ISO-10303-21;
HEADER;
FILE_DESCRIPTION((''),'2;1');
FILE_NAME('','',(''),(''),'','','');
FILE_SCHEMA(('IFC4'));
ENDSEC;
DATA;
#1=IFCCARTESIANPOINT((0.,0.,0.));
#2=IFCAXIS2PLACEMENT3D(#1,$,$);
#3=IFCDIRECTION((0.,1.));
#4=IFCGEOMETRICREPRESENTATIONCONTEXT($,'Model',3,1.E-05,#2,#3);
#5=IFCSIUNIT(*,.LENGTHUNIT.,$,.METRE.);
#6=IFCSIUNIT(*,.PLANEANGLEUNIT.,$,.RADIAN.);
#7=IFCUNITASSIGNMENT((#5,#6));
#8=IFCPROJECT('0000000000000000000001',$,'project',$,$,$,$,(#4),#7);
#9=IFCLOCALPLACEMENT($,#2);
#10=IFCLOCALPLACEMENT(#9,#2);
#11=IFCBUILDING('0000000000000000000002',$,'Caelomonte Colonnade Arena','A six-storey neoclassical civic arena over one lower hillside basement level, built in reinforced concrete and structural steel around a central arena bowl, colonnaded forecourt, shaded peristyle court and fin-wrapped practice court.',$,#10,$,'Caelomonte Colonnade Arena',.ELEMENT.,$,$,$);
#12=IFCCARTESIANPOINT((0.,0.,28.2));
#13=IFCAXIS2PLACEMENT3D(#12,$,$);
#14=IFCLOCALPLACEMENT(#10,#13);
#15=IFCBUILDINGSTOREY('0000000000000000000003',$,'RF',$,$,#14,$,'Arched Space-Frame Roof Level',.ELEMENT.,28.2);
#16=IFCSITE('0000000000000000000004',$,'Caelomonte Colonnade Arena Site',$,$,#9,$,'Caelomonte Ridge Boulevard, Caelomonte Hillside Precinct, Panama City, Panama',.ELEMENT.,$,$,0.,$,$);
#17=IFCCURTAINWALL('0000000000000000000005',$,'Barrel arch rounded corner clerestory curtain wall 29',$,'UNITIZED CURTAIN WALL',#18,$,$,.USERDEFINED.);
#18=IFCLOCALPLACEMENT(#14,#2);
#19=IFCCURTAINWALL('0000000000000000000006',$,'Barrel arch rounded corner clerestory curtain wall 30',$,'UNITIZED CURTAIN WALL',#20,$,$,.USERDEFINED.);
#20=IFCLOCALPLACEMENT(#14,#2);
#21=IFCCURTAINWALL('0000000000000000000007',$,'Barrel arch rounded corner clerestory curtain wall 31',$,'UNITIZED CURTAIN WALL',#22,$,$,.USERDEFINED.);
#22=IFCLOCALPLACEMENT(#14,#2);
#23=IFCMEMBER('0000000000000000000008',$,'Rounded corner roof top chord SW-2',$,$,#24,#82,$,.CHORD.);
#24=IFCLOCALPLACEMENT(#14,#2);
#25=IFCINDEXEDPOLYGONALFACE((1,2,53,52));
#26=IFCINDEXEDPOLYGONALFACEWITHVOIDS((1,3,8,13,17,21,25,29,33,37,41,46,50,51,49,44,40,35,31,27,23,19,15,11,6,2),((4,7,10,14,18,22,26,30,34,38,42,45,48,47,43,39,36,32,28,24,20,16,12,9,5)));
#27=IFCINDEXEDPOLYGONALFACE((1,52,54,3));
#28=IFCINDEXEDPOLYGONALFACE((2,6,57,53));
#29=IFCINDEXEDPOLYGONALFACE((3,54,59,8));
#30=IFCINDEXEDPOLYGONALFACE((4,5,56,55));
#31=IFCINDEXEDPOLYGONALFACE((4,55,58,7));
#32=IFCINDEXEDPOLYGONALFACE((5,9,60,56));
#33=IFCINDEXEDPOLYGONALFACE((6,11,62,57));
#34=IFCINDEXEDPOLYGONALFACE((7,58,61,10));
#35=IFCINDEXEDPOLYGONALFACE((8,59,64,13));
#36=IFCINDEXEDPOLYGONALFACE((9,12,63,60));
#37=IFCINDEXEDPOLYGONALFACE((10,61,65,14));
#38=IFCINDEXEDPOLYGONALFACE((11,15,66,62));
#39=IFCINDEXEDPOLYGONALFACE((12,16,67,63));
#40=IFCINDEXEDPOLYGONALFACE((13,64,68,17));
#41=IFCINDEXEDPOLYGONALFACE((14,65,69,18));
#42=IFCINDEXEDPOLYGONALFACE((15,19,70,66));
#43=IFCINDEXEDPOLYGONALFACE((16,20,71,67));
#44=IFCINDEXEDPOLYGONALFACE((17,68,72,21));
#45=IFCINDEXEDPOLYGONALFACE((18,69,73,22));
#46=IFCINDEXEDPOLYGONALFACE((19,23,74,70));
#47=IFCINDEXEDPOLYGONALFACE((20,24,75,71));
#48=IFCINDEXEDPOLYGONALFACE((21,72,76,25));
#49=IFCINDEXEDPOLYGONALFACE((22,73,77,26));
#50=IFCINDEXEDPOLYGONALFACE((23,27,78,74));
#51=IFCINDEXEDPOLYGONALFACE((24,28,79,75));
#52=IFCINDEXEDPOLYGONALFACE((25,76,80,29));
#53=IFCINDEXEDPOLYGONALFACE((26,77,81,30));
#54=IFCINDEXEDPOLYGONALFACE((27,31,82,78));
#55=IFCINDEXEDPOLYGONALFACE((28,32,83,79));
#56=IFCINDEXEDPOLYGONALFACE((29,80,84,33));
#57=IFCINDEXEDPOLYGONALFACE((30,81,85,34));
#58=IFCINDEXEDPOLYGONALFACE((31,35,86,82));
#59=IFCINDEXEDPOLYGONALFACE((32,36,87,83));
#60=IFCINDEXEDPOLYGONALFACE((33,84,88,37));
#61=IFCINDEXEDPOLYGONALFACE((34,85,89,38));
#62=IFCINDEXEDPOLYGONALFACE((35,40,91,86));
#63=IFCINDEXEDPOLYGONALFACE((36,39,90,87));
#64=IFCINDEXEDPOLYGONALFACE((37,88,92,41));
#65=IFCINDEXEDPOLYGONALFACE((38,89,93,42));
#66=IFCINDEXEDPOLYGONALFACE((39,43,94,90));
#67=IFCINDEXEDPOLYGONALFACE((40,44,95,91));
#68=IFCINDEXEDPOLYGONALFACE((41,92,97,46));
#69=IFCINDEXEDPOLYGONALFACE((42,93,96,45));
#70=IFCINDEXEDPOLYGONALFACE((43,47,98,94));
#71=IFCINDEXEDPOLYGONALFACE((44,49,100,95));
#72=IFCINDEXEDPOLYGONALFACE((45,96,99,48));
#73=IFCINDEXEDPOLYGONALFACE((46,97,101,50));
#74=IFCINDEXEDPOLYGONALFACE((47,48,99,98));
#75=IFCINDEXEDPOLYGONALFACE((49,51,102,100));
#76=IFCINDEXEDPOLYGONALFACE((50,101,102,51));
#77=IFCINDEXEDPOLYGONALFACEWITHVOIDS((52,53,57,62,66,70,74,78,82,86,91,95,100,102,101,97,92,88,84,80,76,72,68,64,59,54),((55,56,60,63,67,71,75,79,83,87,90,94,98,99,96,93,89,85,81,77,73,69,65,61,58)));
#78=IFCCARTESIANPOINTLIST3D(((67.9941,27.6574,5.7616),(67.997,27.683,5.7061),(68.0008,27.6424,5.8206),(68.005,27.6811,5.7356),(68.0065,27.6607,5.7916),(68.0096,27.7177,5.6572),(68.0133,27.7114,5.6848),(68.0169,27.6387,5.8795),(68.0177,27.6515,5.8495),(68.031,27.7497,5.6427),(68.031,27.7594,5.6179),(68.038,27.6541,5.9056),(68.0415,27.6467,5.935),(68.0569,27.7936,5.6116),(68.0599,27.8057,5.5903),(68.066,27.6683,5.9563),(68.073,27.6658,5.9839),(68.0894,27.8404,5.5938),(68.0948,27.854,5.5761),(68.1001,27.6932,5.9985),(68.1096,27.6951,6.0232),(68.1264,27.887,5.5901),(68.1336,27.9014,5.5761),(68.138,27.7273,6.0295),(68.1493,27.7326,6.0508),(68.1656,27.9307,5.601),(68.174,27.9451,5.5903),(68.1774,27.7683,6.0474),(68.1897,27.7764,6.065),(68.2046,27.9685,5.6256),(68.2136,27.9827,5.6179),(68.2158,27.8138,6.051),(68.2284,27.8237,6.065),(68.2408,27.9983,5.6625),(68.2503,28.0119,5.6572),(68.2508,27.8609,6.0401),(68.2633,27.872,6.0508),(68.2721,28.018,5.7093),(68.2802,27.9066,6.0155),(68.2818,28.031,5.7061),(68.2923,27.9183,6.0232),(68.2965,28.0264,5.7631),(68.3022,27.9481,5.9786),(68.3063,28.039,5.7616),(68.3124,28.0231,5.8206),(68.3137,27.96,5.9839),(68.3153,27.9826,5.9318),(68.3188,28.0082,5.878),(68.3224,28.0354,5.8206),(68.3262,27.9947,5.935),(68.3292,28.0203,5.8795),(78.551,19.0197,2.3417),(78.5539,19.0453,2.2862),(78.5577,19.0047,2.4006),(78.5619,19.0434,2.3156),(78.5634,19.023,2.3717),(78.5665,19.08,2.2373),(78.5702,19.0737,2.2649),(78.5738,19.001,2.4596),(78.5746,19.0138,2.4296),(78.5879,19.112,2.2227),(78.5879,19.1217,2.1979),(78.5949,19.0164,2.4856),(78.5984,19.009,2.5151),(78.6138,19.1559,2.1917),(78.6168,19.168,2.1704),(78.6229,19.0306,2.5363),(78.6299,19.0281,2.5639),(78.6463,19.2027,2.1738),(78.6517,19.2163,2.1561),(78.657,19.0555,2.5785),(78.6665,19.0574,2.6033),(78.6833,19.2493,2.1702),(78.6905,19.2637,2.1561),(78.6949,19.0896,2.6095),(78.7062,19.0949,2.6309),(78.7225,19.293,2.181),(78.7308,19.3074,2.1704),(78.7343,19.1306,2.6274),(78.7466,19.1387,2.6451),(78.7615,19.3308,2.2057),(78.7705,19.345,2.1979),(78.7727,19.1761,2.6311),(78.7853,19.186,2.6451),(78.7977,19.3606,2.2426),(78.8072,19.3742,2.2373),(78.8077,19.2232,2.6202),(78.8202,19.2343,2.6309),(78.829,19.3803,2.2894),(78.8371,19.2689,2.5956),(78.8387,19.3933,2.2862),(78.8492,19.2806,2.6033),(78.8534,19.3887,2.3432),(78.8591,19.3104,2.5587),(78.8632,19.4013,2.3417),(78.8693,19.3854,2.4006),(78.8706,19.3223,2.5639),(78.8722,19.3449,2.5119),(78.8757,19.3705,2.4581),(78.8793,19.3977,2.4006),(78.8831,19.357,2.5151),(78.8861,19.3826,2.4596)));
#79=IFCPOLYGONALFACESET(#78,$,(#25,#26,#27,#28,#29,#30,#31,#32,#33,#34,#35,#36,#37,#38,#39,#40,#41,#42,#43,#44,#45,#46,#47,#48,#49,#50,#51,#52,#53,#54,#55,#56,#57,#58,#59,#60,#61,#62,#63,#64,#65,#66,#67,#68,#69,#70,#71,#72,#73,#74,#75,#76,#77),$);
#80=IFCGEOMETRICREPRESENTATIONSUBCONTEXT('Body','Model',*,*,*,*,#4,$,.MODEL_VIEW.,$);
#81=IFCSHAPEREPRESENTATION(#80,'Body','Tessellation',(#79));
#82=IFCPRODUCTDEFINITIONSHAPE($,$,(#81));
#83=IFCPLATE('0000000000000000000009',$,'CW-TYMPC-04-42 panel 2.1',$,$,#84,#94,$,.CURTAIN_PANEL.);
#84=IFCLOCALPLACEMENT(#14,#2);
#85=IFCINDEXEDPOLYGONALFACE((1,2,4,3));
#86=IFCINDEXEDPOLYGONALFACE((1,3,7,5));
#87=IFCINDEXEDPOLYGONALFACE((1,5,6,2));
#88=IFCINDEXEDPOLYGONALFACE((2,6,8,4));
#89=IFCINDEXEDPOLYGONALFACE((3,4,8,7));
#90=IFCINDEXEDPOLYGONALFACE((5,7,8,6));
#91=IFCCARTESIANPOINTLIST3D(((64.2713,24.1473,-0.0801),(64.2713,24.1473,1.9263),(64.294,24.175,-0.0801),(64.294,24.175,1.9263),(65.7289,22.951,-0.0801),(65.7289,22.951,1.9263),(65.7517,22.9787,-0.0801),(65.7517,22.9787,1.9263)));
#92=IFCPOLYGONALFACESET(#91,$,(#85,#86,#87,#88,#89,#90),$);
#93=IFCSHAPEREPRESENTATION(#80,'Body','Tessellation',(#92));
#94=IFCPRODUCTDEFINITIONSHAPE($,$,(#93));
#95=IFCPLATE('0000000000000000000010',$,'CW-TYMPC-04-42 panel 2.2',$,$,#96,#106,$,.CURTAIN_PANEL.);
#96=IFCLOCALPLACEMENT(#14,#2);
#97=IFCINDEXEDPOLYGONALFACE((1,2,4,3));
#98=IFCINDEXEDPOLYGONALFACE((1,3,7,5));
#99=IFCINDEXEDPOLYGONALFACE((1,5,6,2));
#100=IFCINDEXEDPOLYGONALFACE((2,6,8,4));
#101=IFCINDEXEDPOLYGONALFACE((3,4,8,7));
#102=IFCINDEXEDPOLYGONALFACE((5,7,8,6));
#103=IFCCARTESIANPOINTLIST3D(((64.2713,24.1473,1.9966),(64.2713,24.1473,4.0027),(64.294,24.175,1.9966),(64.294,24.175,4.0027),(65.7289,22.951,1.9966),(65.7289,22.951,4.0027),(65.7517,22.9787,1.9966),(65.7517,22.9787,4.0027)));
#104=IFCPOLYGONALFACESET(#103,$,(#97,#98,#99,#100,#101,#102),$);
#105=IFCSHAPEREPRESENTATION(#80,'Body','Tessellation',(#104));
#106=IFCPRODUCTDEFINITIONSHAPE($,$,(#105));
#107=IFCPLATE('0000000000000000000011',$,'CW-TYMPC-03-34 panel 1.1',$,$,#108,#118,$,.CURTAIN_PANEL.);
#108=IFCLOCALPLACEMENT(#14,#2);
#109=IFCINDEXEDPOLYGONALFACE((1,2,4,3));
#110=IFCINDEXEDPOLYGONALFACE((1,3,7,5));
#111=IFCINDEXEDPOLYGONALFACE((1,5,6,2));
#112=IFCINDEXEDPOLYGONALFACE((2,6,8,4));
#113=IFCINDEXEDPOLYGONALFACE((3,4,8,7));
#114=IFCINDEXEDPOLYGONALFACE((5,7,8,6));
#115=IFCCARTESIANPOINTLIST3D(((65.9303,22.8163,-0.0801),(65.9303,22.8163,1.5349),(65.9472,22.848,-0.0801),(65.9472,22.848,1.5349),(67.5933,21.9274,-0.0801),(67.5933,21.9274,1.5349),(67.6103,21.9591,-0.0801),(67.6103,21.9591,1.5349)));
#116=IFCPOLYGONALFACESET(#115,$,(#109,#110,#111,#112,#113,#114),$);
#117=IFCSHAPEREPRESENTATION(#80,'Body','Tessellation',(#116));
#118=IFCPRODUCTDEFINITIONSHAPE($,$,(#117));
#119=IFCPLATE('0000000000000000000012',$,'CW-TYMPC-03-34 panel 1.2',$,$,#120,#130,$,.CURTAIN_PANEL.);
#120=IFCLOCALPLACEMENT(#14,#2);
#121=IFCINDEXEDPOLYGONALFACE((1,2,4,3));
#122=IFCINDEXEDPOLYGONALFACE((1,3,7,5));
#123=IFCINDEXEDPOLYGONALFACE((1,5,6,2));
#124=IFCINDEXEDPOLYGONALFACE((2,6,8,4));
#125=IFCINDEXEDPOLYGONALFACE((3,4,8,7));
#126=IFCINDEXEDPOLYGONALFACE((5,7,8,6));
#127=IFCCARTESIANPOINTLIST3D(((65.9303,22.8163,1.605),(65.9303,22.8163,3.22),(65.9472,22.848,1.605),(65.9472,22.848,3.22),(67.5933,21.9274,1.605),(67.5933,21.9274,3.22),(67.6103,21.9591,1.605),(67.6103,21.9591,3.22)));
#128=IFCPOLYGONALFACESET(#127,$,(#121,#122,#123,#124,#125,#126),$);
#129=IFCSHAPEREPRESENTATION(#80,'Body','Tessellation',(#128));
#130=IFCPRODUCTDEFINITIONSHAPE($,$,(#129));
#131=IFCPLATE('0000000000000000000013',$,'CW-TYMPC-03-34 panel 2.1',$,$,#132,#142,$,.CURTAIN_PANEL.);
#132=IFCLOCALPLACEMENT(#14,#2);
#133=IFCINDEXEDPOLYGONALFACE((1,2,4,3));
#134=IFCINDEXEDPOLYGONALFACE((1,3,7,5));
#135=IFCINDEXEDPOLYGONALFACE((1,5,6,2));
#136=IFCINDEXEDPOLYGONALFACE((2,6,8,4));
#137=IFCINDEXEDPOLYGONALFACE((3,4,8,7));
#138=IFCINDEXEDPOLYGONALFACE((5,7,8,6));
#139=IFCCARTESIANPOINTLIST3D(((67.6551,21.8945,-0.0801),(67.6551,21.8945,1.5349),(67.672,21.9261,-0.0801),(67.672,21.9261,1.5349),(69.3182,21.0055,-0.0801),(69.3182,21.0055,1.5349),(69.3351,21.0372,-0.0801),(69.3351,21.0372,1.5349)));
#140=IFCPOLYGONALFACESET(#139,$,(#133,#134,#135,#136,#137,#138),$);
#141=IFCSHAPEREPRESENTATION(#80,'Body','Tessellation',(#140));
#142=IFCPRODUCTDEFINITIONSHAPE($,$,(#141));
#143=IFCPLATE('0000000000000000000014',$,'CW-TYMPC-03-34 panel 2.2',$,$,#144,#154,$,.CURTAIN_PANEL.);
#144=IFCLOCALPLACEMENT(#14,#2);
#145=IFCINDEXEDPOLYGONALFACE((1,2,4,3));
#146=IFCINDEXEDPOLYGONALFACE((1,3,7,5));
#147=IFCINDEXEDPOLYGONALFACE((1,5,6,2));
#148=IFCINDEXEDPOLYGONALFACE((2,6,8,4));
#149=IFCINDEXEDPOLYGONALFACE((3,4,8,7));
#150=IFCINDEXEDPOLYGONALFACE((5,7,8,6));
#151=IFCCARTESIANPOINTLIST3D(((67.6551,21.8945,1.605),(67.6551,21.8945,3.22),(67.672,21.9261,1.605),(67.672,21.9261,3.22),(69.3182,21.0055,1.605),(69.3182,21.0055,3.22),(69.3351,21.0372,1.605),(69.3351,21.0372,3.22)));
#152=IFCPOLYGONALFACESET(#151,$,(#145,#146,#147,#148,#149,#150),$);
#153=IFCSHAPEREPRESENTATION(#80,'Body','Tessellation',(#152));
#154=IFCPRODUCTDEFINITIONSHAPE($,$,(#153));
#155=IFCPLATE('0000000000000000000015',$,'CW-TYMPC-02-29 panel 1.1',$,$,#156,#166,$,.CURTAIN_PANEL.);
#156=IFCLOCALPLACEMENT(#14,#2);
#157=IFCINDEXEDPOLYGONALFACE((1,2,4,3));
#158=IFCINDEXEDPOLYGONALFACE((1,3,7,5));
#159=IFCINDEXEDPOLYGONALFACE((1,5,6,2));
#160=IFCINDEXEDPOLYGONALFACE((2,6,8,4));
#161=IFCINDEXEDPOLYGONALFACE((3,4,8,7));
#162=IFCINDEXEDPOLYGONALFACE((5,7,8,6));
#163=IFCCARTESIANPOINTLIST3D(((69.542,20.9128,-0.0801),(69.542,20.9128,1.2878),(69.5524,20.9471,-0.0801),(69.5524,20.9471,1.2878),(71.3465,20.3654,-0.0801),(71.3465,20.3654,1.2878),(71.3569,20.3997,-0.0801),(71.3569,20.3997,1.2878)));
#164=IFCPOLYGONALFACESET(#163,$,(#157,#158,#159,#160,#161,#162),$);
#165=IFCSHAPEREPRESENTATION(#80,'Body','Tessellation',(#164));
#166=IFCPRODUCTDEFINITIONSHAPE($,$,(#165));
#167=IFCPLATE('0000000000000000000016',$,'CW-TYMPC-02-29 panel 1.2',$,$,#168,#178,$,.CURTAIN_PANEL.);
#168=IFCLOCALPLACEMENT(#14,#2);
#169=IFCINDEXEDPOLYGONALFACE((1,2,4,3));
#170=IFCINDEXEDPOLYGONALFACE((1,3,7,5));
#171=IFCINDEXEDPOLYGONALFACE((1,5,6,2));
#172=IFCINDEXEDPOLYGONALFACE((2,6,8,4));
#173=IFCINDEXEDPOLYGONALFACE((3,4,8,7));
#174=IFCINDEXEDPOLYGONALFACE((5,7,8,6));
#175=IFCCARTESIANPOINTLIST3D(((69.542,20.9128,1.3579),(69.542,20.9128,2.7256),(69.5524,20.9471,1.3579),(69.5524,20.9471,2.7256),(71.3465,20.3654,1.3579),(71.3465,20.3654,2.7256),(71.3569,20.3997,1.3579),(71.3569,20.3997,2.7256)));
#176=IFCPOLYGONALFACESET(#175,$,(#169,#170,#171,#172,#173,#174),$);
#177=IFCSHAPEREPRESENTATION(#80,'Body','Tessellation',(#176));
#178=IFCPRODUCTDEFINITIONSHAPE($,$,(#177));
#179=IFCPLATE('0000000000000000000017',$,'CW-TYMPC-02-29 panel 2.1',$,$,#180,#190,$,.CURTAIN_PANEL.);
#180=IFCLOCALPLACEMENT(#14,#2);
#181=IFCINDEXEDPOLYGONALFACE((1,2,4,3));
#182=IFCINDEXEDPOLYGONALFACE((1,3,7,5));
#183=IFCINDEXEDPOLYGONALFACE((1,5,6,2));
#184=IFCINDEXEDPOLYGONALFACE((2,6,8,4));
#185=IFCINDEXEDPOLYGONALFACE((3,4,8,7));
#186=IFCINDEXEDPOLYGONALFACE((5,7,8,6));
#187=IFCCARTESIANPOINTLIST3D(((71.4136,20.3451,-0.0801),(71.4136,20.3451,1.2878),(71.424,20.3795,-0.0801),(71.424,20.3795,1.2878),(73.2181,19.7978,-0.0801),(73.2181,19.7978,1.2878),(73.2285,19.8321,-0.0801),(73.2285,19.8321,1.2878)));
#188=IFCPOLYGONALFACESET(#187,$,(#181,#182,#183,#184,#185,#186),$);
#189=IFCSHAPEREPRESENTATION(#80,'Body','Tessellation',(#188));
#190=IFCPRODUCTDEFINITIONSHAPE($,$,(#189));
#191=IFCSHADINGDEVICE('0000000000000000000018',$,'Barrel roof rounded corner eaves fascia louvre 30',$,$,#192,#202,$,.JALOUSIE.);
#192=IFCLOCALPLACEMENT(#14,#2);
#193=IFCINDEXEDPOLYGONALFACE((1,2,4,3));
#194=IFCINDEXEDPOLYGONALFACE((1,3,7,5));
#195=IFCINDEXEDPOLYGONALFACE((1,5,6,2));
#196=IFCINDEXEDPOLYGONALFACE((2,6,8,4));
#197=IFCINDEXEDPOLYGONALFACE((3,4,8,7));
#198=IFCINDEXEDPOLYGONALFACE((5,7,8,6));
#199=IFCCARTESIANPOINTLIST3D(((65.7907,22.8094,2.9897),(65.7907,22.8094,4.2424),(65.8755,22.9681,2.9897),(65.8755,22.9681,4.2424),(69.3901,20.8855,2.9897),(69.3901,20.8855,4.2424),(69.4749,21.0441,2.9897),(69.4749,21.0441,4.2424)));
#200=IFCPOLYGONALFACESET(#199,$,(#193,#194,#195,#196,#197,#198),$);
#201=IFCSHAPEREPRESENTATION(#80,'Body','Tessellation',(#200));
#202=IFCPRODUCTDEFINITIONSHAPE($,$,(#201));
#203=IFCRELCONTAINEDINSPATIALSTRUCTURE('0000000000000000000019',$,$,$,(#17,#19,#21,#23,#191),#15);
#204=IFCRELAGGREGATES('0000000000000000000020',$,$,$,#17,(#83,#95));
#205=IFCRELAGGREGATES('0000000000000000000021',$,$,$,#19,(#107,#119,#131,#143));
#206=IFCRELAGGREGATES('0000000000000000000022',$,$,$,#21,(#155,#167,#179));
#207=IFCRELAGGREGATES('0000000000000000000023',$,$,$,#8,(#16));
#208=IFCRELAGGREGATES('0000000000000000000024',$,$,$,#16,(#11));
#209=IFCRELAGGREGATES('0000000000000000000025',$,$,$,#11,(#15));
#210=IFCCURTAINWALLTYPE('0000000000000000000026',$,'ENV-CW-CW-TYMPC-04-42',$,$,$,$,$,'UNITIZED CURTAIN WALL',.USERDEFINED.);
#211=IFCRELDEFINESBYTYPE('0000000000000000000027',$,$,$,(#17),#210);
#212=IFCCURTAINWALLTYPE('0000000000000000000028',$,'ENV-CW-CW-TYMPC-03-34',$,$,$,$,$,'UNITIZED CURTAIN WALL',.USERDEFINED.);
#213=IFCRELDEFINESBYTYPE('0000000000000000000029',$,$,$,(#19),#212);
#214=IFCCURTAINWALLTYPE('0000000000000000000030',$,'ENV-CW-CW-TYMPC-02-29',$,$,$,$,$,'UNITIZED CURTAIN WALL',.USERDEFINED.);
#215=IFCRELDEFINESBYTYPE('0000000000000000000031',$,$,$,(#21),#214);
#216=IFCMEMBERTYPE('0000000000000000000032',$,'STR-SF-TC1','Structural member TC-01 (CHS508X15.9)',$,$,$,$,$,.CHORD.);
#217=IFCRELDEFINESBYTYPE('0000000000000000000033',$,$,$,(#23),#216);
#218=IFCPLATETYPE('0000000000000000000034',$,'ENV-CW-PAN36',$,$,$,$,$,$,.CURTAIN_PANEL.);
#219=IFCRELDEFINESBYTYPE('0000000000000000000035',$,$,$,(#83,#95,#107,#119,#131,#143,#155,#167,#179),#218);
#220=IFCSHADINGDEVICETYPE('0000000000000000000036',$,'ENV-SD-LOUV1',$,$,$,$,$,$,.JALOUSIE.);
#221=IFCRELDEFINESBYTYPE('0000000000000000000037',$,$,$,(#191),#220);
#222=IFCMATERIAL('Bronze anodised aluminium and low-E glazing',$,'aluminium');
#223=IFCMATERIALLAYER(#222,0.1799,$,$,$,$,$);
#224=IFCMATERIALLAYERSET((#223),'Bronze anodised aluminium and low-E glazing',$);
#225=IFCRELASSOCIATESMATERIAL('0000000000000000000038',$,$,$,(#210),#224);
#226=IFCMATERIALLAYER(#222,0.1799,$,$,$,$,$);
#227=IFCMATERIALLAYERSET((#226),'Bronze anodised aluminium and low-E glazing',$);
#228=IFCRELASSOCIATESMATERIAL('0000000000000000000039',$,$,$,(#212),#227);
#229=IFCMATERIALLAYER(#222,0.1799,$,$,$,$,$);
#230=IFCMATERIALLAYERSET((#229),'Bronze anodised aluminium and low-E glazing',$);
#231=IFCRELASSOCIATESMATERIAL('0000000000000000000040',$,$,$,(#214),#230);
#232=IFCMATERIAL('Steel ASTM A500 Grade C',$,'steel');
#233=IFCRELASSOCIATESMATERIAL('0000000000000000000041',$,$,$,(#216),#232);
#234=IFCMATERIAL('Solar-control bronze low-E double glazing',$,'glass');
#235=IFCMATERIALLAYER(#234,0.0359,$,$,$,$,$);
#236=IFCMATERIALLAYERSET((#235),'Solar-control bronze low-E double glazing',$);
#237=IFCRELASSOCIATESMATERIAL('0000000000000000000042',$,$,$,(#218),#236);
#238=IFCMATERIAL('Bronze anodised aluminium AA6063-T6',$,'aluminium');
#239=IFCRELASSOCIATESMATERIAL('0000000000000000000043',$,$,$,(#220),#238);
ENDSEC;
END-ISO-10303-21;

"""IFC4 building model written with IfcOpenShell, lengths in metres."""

from ifc_helpers import new_model, si_unit, direction, frame, origin, origin_2d, place, context, subcontext, project, spatial, rectangle, hollow_circle, extrude, material, layer, layer_set, material_profile, profile_set, type_object, element, aggregate, save


model = new_model("IFC4")

# Units and contexts
model_context = context("Model", 3, precision=1e-05, world=origin(), true_north=direction((0.0, 1.0)))
body_context = subcontext(model_context, "Body", "Model", "MODEL_VIEW")
ifc_project = project(units=[si_unit("LENGTHUNIT", "METRE"), si_unit("PLANEANGLEUNIT", "RADIAN")], contexts=[model_context])

# Site, building, storey
site_placement = place(None, origin())
site = spatial("IfcSite", under=ifc_project, at=site_placement, Name="Caelomonte Colonnade Arena Site", LongName="Caelomonte Ridge Boulevard, Caelomonte Hillside Precinct, Panama City, Panama", CompositionType="ELEMENT", RefElevation=0.0)
building_placement = place(site_placement, origin())
building = spatial("IfcBuilding", under=site, at=building_placement, Name="Caelomonte Colonnade Arena", Description="A six-storey neoclassical civic arena over one lower hillside basement level, built in reinforced concrete and structural steel around a central arena bowl, colonnaded forecourt, shaded peristyle court and fin-wrapped practice court.", LongName="Caelomonte Colonnade Arena", CompositionType="ELEMENT")
storey_placement = place(building_placement, frame((0.0, 0.0, 28.2)))
storey = spatial("IfcBuildingStorey", under=building, at=storey_placement, Name="RF", LongName="Arched Space-Frame Roof Level", CompositionType="ELEMENT", Elevation=28.2)

# Curtain wall
ifc_material_1 = material(Name="Bronze anodised aluminium and low-E glazing", Category="aluminium")
ifc_layer_1 = layer(ifc_material_1, 0.1799)
ifc_layer_set_1 = layer_set([ifc_layer_1], Name="Bronze anodised aluminium and low-E glazing")
curtain_wall_type_1 = type_object("IfcCurtainWallType", Name="ENV-CW-CW-TYMPC-04-42", ElementType="UNITIZED CURTAIN WALL", PredefinedType="USERDEFINED", material=ifc_layer_set_1)
curtain_wall_1_placement = place(storey_placement, origin())
curtain_wall_1 = element("IfcCurtainWall", 1, at=curtain_wall_1_placement, inside=storey, type_object=curtain_wall_type_1, Name="Barrel arch rounded corner clerestory curtain wall 29", ObjectType="UNITIZED CURTAIN WALL", PredefinedType="USERDEFINED")
ifc_material_2 = material(Name="Bronze anodised aluminium AA6063-T6", Category="aluminium")

# Curtain walls
ifc_layer_2 = layer(ifc_material_1, 0.1799)
ifc_layer_set_2 = layer_set([ifc_layer_2], Name="Bronze anodised aluminium and low-E glazing")
curtain_wall_type_2 = type_object("IfcCurtainWallType", Name="ENV-CW-CW-TYMPC-03-34", ElementType="UNITIZED CURTAIN WALL", PredefinedType="USERDEFINED", material=ifc_layer_set_2)
curtain_wall_2_placement = place(storey_placement, origin())
curtain_wall_2 = element("IfcCurtainWall", 2, at=curtain_wall_2_placement, inside=storey, type_object=curtain_wall_type_2, Name="Barrel arch rounded corner clerestory curtain wall 30", ObjectType="UNITIZED CURTAIN WALL", PredefinedType="USERDEFINED")
ifc_layer_3 = layer(ifc_material_1, 0.1799)
ifc_layer_set_3 = layer_set([ifc_layer_3], Name="Bronze anodised aluminium and low-E glazing")
curtain_wall_type_3 = type_object("IfcCurtainWallType", Name="ENV-CW-CW-TYMPC-02-29", ElementType="UNITIZED CURTAIN WALL", PredefinedType="USERDEFINED", material=ifc_layer_set_3)
curtain_wall_3_placement = place(storey_placement, origin())
curtain_wall_3 = element("IfcCurtainWall", 3, at=curtain_wall_3_placement, inside=storey, type_object=curtain_wall_type_3, Name="Barrel arch rounded corner clerestory curtain wall 31", ObjectType="UNITIZED CURTAIN WALL", PredefinedType="USERDEFINED")

# Member
ifc_material_3 = material(Name="Steel ASTM A500 Grade C", Category="steel")
ifc_material_profile_1 = material_profile(ifc_material_3, hollow_circle(Radius=0.2539, WallThickness=0.0159, at=origin_2d()), Name="CHS508X15.9")
ifc_profile_set_1 = profile_set([ifc_material_profile_1], Name="Steel ASTM A500 Grade C")
member_type_1 = type_object("IfcMemberType", Name="STR-SF-TC1", Description="Structural member TC-01 (CHS508X15.9)", PredefinedType="CHORD", material=ifc_profile_set_1)
member_1_placement = place(storey_placement, frame((68.1616, 27.8389, 5.8206), z_axis=(0.750713, -0.614237, -0.243195), x_axis=(0.633249, 0.773949, 0.0)))
element("IfcMember", 4, at=member_1_placement, inside=storey, type_object=member_type_1, Name="Rounded corner roof top chord SW-2", PredefinedType="CHORD", context=body_context, shape_type="SweptSolid", body=[
    extrude(hollow_circle(Radius=0.2539, WallThickness=0.0159, at=origin_2d()), origin(), (0.0, 0.0, 1.0), 14.0625),
])

# Plates
ifc_material_4 = material(Name="Solar-control bronze low-E double glazing", Category="glass")
ifc_layer_4 = layer(ifc_material_4, 0.0359)
ifc_layer_set_4 = layer_set([ifc_layer_4], Name="Solar-control bronze low-E double glazing")
plate_type = type_object("IfcPlateType", Name="ENV-CW-PAN36", PredefinedType="CURTAIN_PANEL", material=ifc_layer_set_4)
plate_1_placement = place(storey_placement, frame((65.0115, 23.563, -0.0801), z_axis=(0.0, 0.0, 1.0), x_axis=(0.773001, -0.634405, 0.0)))
plate_1 = element("IfcPlate", 5, at=plate_1_placement, type_object=plate_type, Name="CW-TYMPC-04-42 panel 2.1", PredefinedType="CURTAIN_PANEL", context=body_context, shape_type="SweptSolid", body=[
    extrude(rectangle(XDim=1.8857, YDim=0.0359, at=origin_2d()), origin(), (0.0, 0.0, 1.0), 2.0063),
])
plate_2_placement = place(storey_placement, frame((65.0115, 23.563, 1.9966), z_axis=(0.0, 0.0, 1.0), x_axis=(0.773001, -0.634405, 0.0)))
plate_2 = element("IfcPlate", 6, at=plate_2_placement, type_object=plate_type, Name="CW-TYMPC-04-42 panel 2.2", PredefinedType="CURTAIN_PANEL", context=body_context, shape_type="SweptSolid", body=[
    extrude(rectangle(XDim=1.8857, YDim=0.0359, at=origin_2d()), origin(), (0.0, 0.0, 1.0), 2.0061),
])
aggregate(curtain_wall_1, [plate_1, plate_2])
plate_3_placement = place(storey_placement, frame((66.7703, 22.3877, -0.0801), z_axis=(0.0, 0.0, 1.0), x_axis=(0.881924, -0.471391, 0.0)))
plate_3 = element("IfcPlate", 7, at=plate_3_placement, type_object=plate_type, Name="CW-TYMPC-03-34 panel 1.1", PredefinedType="CURTAIN_PANEL", context=body_context, shape_type="SweptSolid", body=[
    extrude(rectangle(XDim=1.8857, YDim=0.0359, at=origin_2d()), origin(), (0.0, 0.0, 1.0), 1.615),
])
plate_4_placement = place(storey_placement, frame((66.7703, 22.3877, 1.605), z_axis=(0.0, 0.0, 1.0), x_axis=(0.881924, -0.471391, 0.0)))
plate_4 = element("IfcPlate", 8, at=plate_4_placement, type_object=plate_type, Name="CW-TYMPC-03-34 panel 1.2", PredefinedType="CURTAIN_PANEL", context=body_context, shape_type="SweptSolid", body=[
    extrude(rectangle(XDim=1.8857, YDim=0.0359, at=origin_2d()), origin(), (0.0, 0.0, 1.0), 1.615),
])
plate_5_placement = place(storey_placement, frame((68.4951, 21.4658, -0.0801), z_axis=(0.0, 0.0, 1.0), x_axis=(0.881924, -0.471391, 0.0)))
plate_5 = element("IfcPlate", 9, at=plate_5_placement, type_object=plate_type, Name="CW-TYMPC-03-34 panel 2.1", PredefinedType="CURTAIN_PANEL", context=body_context, shape_type="SweptSolid", body=[
    extrude(rectangle(XDim=1.8857, YDim=0.0359, at=origin_2d()), origin(), (0.0, 0.0, 1.0), 1.615),
])
plate_6_placement = place(storey_placement, frame((68.4951, 21.4658, 1.605), z_axis=(0.0, 0.0, 1.0), x_axis=(0.881924, -0.471391, 0.0)))
plate_6 = element("IfcPlate", 10, at=plate_6_placement, type_object=plate_type, Name="CW-TYMPC-03-34 panel 2.2", PredefinedType="CURTAIN_PANEL", context=body_context, shape_type="SweptSolid", body=[
    extrude(rectangle(XDim=1.8857, YDim=0.0359, at=origin_2d()), origin(), (0.0, 0.0, 1.0), 1.615),
])
aggregate(curtain_wall_2, [plate_3, plate_4, plate_5, plate_6])
plate_7_placement = place(storey_placement, frame((70.4495, 20.6562, -0.0801), z_axis=(0.0, 0.0, 1.0), x_axis=(0.956946, -0.290266, 0.0)))
plate_7 = element("IfcPlate", 11, at=plate_7_placement, type_object=plate_type, Name="CW-TYMPC-02-29 panel 1.1", PredefinedType="CURTAIN_PANEL", context=body_context, shape_type="SweptSolid", body=[
    extrude(rectangle(XDim=1.8857, YDim=0.0359, at=origin_2d()), origin(), (0.0, 0.0, 1.0), 1.3679),
])
plate_8_placement = place(storey_placement, frame((70.4495, 20.6562, 1.3579), z_axis=(0.0, 0.0, 1.0), x_axis=(0.956946, -0.290266, 0.0)))
plate_8 = element("IfcPlate", 12, at=plate_8_placement, type_object=plate_type, Name="CW-TYMPC-02-29 panel 1.2", PredefinedType="CURTAIN_PANEL", context=body_context, shape_type="SweptSolid", body=[
    extrude(rectangle(XDim=1.8857, YDim=0.0359, at=origin_2d()), origin(), (0.0, 0.0, 1.0), 1.3677),
])
plate_9_placement = place(storey_placement, frame((72.321, 20.0886, -0.0801), z_axis=(0.0, 0.0, 1.0), x_axis=(0.956946, -0.290266, 0.0)))
plate_9 = element("IfcPlate", 13, at=plate_9_placement, type_object=plate_type, Name="CW-TYMPC-02-29 panel 2.1", PredefinedType="CURTAIN_PANEL", context=body_context, shape_type="SweptSolid", body=[
    extrude(rectangle(XDim=1.8857, YDim=0.0359, at=origin_2d()), origin(), (0.0, 0.0, 1.0), 1.3679),
])
aggregate(curtain_wall_3, [plate_7, plate_8, plate_9])

# Shading device
shading_device_type = type_object("IfcShadingDeviceType", Name="ENV-SD-LOUV1", PredefinedType="JALOUSIE", material=ifc_material_2)
shading_device_1_placement = place(storey_placement, frame((67.6328, 21.9268, 2.9897), z_axis=(0.0, 0.0, 1.0), x_axis=(0.881919, -0.471401, 0.0)))
element("IfcShadingDevice", 14, at=shading_device_1_placement, inside=storey, type_object=shading_device_type, Name="Barrel roof rounded corner eaves fascia louvre 30", PredefinedType="JALOUSIE", context=body_context, shape_type="SweptSolid", body=[
    extrude(rectangle(XDim=4.0813, YDim=0.1799, at=origin_2d()), origin(), (0.0, 0.0, 1.0), 1.2527),
])

save(model, "model.ifc")
